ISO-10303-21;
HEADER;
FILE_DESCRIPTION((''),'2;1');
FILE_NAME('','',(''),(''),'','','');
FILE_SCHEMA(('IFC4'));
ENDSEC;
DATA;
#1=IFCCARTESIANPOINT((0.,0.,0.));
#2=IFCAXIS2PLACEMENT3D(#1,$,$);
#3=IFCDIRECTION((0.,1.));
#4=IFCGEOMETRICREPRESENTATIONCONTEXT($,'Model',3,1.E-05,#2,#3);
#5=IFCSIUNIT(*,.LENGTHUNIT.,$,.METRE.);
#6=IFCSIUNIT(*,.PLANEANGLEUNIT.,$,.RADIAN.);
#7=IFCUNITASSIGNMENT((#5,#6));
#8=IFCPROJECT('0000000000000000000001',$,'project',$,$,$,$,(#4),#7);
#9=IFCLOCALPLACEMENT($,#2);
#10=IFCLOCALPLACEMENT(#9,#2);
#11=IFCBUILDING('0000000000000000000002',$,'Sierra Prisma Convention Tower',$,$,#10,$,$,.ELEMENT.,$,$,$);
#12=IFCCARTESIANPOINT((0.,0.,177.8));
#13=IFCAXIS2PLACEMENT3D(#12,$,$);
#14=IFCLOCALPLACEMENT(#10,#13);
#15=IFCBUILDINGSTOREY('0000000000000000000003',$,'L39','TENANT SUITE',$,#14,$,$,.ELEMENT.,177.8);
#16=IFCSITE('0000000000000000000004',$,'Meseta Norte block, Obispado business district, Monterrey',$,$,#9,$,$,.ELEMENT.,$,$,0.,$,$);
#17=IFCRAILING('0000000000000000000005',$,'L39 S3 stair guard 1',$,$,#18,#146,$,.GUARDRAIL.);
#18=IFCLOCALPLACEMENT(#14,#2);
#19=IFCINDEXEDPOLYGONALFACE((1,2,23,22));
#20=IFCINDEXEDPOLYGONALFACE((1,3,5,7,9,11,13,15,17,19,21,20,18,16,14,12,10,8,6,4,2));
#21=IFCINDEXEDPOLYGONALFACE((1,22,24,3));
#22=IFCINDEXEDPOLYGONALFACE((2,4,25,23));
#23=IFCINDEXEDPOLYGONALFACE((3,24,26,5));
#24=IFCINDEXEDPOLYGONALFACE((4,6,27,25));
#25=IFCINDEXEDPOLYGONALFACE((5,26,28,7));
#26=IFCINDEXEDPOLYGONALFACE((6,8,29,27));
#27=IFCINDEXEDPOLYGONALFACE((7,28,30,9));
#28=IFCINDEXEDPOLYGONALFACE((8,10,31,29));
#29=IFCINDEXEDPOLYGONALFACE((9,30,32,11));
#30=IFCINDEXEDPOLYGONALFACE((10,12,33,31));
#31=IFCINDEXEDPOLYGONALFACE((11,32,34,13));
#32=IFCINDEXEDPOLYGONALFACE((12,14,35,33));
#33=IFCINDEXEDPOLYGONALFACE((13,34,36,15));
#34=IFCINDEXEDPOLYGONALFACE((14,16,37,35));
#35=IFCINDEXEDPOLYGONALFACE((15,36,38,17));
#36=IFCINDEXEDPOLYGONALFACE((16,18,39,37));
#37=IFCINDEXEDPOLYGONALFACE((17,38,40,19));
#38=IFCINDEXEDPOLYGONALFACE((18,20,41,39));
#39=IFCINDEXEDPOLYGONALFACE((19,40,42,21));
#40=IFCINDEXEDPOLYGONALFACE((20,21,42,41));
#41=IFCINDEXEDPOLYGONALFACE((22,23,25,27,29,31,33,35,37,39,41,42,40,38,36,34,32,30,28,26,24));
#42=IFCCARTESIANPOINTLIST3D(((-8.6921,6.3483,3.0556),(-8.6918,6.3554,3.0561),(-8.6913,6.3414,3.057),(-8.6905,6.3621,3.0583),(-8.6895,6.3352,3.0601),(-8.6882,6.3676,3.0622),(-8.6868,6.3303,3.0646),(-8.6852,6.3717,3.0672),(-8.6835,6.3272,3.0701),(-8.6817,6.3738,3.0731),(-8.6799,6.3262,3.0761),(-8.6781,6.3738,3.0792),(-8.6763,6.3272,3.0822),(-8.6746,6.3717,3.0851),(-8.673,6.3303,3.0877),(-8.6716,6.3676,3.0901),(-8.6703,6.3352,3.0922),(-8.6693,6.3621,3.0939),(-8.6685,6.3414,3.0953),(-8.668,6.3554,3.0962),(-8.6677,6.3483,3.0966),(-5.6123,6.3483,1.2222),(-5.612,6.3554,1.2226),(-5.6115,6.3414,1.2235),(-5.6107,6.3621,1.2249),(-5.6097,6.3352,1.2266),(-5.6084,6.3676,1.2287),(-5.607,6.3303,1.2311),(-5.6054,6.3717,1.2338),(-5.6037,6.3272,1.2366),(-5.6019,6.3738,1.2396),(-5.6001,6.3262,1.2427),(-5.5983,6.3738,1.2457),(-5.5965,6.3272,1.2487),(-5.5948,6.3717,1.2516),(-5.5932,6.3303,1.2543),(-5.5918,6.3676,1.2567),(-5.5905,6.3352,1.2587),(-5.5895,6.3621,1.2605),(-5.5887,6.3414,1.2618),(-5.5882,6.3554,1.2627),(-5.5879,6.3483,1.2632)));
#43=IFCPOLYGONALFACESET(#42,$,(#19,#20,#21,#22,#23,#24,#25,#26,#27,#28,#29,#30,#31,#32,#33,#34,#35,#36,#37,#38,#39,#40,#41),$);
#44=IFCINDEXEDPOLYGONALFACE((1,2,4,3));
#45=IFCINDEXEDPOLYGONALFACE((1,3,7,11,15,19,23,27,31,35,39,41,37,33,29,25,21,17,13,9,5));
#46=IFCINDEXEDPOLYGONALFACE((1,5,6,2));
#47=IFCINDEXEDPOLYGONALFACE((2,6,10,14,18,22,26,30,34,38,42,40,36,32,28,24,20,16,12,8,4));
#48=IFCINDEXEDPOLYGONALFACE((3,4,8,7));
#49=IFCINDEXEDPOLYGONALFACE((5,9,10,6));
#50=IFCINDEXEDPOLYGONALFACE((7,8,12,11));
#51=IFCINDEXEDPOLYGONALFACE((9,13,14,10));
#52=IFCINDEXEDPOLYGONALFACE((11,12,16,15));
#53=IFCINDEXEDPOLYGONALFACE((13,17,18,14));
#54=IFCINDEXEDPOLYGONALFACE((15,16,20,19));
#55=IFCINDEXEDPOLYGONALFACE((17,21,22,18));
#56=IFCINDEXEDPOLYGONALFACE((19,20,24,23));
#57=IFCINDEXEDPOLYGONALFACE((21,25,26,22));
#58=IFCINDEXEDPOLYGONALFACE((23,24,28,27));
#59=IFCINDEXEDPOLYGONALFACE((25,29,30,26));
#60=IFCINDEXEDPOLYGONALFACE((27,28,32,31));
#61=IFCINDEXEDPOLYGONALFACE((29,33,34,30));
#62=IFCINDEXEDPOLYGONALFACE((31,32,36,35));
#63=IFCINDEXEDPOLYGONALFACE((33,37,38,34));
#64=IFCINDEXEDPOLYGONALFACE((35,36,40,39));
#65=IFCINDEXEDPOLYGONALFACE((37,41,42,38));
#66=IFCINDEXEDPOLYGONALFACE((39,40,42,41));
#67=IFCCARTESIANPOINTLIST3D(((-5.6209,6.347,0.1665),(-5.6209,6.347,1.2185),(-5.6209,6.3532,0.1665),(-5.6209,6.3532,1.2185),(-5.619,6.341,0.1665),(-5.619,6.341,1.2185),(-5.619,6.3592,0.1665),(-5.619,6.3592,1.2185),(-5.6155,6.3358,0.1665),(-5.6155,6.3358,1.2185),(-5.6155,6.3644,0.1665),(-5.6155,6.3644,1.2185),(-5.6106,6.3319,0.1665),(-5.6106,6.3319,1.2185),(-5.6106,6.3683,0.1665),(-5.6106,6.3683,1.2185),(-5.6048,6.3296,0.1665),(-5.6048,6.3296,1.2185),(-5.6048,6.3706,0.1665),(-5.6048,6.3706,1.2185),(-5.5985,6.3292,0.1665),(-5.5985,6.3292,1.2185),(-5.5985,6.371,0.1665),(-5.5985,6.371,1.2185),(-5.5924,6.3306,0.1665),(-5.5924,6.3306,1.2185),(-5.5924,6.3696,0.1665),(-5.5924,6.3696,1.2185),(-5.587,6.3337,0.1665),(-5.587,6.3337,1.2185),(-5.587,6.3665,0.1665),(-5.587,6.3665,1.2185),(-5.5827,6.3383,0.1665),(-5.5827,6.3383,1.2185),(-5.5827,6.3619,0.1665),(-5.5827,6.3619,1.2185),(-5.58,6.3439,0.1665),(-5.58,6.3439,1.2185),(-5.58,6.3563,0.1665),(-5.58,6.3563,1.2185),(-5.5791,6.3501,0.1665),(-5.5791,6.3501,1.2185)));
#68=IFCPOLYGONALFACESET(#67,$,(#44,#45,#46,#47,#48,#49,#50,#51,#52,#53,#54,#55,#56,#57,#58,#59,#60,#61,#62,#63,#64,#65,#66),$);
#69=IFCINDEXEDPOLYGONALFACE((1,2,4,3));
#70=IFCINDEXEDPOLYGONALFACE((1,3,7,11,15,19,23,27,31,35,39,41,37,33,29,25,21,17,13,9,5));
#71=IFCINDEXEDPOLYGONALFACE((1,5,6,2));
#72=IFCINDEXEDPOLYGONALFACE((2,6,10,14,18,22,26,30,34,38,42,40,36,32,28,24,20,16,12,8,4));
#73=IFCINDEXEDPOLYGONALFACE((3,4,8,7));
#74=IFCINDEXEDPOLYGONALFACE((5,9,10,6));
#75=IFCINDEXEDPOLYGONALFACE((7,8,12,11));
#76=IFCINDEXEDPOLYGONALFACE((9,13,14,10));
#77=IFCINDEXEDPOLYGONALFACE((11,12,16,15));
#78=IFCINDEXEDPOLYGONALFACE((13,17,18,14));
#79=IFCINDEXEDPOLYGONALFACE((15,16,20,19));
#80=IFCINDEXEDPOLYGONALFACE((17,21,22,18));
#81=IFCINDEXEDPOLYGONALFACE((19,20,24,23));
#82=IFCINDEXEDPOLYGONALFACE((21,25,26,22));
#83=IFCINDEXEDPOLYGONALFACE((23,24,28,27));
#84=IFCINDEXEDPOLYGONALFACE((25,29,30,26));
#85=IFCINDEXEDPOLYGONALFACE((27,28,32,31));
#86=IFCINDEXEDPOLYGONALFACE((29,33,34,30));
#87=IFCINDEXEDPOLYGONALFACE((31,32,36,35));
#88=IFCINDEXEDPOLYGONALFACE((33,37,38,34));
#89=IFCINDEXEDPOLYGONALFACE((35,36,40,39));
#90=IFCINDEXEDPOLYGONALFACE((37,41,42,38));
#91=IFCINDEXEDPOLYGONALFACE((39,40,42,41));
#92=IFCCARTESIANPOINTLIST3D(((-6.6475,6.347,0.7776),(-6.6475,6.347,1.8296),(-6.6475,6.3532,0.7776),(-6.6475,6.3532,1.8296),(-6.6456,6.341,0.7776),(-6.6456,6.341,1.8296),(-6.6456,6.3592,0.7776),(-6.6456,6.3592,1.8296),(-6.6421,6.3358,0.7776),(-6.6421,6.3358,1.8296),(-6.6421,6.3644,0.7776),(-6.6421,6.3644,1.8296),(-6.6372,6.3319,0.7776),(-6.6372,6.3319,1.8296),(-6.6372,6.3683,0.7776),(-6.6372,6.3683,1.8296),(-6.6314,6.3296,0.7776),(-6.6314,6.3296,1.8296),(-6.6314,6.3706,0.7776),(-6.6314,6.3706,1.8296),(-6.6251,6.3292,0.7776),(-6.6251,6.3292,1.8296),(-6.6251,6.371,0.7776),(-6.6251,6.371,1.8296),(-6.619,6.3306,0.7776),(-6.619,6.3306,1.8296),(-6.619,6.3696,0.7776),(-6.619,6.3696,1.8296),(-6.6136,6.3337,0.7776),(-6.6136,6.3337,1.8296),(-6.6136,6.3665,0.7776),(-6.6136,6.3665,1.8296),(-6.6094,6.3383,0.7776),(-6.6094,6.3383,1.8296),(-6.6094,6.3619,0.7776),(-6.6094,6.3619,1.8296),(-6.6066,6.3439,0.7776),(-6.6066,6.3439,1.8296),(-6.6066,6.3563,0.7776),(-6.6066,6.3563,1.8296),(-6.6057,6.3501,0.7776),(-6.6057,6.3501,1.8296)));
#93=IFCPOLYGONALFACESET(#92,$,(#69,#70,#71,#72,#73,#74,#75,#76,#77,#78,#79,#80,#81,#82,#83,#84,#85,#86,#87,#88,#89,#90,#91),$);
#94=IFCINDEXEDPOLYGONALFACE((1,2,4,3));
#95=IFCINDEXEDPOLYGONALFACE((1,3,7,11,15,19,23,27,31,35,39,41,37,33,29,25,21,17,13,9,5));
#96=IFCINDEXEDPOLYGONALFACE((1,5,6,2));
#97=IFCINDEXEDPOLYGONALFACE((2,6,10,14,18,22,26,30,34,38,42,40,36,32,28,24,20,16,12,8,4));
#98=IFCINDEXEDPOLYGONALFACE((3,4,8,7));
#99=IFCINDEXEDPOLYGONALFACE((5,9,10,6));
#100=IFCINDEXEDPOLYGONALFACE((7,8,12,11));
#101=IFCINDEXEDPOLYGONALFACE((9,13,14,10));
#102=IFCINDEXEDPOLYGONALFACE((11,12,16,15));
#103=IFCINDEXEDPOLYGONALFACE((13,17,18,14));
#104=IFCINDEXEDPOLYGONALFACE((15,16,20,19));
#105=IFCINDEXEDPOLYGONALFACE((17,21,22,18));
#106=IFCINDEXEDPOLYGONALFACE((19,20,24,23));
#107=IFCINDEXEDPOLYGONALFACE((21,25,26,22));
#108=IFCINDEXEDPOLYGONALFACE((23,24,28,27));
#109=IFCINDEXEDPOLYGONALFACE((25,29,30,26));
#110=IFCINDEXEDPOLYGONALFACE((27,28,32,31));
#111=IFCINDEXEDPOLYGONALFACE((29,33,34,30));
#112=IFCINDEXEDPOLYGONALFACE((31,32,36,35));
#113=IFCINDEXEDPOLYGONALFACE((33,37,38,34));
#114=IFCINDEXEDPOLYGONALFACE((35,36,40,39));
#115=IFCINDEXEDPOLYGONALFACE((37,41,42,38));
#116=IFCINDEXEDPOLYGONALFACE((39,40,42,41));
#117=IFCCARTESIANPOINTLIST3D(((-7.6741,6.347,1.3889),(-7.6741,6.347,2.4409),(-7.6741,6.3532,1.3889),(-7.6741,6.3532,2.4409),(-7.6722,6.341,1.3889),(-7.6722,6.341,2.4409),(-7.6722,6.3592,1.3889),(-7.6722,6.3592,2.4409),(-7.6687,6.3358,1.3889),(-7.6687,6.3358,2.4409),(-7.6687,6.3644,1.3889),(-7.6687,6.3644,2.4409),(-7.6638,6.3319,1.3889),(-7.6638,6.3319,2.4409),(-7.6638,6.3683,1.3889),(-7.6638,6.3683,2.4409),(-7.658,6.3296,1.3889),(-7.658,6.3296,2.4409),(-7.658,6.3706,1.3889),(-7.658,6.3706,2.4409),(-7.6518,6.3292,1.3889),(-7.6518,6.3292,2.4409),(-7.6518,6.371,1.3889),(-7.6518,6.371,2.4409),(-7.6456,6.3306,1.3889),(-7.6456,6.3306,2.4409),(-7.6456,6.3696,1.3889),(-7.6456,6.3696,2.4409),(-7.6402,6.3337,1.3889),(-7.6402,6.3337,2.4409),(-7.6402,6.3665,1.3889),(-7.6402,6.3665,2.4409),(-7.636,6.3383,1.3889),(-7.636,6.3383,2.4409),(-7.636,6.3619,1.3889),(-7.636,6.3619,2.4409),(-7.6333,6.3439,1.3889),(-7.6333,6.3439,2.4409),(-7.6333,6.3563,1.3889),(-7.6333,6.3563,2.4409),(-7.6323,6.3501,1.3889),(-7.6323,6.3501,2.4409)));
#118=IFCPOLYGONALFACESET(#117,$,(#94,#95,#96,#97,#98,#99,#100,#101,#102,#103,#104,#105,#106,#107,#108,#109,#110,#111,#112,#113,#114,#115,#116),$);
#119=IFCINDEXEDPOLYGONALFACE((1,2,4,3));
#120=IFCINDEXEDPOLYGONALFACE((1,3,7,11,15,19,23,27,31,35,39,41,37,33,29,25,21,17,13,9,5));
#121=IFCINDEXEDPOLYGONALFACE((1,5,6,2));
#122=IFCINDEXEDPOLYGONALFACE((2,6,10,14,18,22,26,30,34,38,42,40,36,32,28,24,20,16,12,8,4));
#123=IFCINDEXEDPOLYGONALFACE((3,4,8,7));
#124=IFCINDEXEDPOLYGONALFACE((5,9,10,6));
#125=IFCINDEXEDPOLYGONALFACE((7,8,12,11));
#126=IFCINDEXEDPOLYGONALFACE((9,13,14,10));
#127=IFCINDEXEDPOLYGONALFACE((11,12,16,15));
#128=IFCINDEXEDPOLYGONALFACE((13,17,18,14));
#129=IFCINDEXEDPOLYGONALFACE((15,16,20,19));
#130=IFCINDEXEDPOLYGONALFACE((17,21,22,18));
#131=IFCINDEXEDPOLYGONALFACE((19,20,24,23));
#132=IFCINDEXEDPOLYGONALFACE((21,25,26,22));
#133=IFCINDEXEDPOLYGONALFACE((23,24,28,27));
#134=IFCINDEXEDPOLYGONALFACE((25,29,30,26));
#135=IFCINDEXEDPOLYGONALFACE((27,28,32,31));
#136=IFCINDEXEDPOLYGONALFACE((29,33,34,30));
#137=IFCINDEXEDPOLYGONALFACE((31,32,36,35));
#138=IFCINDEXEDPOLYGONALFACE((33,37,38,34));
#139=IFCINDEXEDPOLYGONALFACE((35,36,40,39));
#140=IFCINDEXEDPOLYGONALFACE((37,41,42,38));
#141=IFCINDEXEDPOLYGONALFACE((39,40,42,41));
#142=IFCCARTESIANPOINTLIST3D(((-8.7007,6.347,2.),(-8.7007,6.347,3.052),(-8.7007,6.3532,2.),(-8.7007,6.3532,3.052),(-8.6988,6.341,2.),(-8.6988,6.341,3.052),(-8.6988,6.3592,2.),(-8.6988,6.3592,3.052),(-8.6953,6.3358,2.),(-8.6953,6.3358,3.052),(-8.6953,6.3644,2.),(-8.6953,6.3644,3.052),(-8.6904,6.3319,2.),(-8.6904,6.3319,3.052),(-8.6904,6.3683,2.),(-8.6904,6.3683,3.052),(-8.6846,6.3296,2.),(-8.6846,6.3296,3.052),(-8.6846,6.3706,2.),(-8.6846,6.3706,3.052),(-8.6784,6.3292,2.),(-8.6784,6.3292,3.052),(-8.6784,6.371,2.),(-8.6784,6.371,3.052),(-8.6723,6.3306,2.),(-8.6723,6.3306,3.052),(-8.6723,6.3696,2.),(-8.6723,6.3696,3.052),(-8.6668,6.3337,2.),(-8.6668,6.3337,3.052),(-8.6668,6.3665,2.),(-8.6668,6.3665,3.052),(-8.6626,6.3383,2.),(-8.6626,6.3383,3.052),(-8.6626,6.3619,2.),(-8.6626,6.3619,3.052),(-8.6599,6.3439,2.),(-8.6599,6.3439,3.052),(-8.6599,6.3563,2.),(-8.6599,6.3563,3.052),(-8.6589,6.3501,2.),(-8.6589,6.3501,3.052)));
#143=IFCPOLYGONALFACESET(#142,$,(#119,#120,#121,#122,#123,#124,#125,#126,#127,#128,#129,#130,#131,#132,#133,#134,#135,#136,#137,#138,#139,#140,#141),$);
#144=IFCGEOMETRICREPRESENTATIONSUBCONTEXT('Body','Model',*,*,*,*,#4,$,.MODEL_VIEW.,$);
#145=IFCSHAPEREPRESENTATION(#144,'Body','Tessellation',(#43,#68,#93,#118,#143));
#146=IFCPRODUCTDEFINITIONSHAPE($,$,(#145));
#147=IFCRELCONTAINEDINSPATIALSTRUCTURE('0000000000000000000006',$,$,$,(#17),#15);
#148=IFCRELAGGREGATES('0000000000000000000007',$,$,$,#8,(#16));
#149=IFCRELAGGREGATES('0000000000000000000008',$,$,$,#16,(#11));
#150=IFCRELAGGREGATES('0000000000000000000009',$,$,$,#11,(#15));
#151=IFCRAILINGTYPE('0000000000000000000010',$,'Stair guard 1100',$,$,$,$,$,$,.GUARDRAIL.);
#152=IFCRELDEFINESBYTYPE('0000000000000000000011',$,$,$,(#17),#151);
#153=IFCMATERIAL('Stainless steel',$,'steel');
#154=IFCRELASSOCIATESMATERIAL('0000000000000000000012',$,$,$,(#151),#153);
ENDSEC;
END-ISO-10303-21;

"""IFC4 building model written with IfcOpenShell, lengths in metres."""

from ifc_helpers import new_model, si_unit, direction, frame, origin, origin_2d, place, context, subcontext, project, spatial, circle, extrude, material, type_object, element, save


model = new_model("IFC4")

# Units and contexts
model_context = context("Model", 3, precision=1e-05, world=origin(), true_north=direction((0.0, 1.0)))
body_context = subcontext(model_context, "Body", "Model", "MODEL_VIEW")
ifc_project = project(units=[si_unit("LENGTHUNIT", "METRE"), si_unit("PLANEANGLEUNIT", "RADIAN")], contexts=[model_context])

# Site, building, storey
site_placement = place(None, origin())
site = spatial("IfcSite", under=ifc_project, at=site_placement, Name="Meseta Norte block, Obispado business district, Monterrey", CompositionType="ELEMENT", RefElevation=0.0)
building_placement = place(site_placement, origin())
building = spatial("IfcBuilding", under=site, at=building_placement, Name="Sierra Prisma Convention Tower", CompositionType="ELEMENT")
storey_placement = place(building_placement, frame((0.0, 0.0, 177.8)))
storey = spatial("IfcBuildingStorey", under=building, at=storey_placement, Name="L39", Description="TENANT SUITE", CompositionType="ELEMENT", Elevation=177.8)

# Railing
ifc_material_1 = material(Name="Stainless steel", Category="steel")
railing_type_1 = type_object("IfcRailingType", Name="Stair guard 1100", PredefinedType="GUARDRAIL", material=ifc_material_1)
railing_1_placement = place(storey_placement, frame((-5.6001, 6.3501, 0.1665)))
element("IfcRailing", 1, at=railing_1_placement, inside=storey, type_object=railing_type_1, Name="L39 S3 stair guard 1", PredefinedType="GUARDRAIL", context=body_context, shape_type="SweptSolid", body=[
    extrude(circle(Radius=0.0239, at=origin_2d()), frame((0.0, 0.0, 1.0762), z_axis=(-0.859261, 0.0, 0.511538), x_axis=(0.0, -1.0, 0.0)), (0.0, 0.0, 1.0), 3.5842),
    extrude(circle(Radius=0.021, at=origin_2d()), origin(), (0.0, 0.0, 1.0), 1.052),
    extrude(circle(Radius=0.021, at=origin_2d()), frame((-1.0266, 0.0, 0.6111)), (0.0, 0.0, 1.0), 1.052),
    extrude(circle(Radius=0.021, at=origin_2d()), frame((-2.0532, 0.0, 1.2224)), (0.0, 0.0, 1.0), 1.052),
    extrude(circle(Radius=0.021, at=origin_2d()), frame((-3.0798, 0.0, 1.8335)), (0.0, 0.0, 1.0), 1.052),
])

save(model, "model.ifc")
